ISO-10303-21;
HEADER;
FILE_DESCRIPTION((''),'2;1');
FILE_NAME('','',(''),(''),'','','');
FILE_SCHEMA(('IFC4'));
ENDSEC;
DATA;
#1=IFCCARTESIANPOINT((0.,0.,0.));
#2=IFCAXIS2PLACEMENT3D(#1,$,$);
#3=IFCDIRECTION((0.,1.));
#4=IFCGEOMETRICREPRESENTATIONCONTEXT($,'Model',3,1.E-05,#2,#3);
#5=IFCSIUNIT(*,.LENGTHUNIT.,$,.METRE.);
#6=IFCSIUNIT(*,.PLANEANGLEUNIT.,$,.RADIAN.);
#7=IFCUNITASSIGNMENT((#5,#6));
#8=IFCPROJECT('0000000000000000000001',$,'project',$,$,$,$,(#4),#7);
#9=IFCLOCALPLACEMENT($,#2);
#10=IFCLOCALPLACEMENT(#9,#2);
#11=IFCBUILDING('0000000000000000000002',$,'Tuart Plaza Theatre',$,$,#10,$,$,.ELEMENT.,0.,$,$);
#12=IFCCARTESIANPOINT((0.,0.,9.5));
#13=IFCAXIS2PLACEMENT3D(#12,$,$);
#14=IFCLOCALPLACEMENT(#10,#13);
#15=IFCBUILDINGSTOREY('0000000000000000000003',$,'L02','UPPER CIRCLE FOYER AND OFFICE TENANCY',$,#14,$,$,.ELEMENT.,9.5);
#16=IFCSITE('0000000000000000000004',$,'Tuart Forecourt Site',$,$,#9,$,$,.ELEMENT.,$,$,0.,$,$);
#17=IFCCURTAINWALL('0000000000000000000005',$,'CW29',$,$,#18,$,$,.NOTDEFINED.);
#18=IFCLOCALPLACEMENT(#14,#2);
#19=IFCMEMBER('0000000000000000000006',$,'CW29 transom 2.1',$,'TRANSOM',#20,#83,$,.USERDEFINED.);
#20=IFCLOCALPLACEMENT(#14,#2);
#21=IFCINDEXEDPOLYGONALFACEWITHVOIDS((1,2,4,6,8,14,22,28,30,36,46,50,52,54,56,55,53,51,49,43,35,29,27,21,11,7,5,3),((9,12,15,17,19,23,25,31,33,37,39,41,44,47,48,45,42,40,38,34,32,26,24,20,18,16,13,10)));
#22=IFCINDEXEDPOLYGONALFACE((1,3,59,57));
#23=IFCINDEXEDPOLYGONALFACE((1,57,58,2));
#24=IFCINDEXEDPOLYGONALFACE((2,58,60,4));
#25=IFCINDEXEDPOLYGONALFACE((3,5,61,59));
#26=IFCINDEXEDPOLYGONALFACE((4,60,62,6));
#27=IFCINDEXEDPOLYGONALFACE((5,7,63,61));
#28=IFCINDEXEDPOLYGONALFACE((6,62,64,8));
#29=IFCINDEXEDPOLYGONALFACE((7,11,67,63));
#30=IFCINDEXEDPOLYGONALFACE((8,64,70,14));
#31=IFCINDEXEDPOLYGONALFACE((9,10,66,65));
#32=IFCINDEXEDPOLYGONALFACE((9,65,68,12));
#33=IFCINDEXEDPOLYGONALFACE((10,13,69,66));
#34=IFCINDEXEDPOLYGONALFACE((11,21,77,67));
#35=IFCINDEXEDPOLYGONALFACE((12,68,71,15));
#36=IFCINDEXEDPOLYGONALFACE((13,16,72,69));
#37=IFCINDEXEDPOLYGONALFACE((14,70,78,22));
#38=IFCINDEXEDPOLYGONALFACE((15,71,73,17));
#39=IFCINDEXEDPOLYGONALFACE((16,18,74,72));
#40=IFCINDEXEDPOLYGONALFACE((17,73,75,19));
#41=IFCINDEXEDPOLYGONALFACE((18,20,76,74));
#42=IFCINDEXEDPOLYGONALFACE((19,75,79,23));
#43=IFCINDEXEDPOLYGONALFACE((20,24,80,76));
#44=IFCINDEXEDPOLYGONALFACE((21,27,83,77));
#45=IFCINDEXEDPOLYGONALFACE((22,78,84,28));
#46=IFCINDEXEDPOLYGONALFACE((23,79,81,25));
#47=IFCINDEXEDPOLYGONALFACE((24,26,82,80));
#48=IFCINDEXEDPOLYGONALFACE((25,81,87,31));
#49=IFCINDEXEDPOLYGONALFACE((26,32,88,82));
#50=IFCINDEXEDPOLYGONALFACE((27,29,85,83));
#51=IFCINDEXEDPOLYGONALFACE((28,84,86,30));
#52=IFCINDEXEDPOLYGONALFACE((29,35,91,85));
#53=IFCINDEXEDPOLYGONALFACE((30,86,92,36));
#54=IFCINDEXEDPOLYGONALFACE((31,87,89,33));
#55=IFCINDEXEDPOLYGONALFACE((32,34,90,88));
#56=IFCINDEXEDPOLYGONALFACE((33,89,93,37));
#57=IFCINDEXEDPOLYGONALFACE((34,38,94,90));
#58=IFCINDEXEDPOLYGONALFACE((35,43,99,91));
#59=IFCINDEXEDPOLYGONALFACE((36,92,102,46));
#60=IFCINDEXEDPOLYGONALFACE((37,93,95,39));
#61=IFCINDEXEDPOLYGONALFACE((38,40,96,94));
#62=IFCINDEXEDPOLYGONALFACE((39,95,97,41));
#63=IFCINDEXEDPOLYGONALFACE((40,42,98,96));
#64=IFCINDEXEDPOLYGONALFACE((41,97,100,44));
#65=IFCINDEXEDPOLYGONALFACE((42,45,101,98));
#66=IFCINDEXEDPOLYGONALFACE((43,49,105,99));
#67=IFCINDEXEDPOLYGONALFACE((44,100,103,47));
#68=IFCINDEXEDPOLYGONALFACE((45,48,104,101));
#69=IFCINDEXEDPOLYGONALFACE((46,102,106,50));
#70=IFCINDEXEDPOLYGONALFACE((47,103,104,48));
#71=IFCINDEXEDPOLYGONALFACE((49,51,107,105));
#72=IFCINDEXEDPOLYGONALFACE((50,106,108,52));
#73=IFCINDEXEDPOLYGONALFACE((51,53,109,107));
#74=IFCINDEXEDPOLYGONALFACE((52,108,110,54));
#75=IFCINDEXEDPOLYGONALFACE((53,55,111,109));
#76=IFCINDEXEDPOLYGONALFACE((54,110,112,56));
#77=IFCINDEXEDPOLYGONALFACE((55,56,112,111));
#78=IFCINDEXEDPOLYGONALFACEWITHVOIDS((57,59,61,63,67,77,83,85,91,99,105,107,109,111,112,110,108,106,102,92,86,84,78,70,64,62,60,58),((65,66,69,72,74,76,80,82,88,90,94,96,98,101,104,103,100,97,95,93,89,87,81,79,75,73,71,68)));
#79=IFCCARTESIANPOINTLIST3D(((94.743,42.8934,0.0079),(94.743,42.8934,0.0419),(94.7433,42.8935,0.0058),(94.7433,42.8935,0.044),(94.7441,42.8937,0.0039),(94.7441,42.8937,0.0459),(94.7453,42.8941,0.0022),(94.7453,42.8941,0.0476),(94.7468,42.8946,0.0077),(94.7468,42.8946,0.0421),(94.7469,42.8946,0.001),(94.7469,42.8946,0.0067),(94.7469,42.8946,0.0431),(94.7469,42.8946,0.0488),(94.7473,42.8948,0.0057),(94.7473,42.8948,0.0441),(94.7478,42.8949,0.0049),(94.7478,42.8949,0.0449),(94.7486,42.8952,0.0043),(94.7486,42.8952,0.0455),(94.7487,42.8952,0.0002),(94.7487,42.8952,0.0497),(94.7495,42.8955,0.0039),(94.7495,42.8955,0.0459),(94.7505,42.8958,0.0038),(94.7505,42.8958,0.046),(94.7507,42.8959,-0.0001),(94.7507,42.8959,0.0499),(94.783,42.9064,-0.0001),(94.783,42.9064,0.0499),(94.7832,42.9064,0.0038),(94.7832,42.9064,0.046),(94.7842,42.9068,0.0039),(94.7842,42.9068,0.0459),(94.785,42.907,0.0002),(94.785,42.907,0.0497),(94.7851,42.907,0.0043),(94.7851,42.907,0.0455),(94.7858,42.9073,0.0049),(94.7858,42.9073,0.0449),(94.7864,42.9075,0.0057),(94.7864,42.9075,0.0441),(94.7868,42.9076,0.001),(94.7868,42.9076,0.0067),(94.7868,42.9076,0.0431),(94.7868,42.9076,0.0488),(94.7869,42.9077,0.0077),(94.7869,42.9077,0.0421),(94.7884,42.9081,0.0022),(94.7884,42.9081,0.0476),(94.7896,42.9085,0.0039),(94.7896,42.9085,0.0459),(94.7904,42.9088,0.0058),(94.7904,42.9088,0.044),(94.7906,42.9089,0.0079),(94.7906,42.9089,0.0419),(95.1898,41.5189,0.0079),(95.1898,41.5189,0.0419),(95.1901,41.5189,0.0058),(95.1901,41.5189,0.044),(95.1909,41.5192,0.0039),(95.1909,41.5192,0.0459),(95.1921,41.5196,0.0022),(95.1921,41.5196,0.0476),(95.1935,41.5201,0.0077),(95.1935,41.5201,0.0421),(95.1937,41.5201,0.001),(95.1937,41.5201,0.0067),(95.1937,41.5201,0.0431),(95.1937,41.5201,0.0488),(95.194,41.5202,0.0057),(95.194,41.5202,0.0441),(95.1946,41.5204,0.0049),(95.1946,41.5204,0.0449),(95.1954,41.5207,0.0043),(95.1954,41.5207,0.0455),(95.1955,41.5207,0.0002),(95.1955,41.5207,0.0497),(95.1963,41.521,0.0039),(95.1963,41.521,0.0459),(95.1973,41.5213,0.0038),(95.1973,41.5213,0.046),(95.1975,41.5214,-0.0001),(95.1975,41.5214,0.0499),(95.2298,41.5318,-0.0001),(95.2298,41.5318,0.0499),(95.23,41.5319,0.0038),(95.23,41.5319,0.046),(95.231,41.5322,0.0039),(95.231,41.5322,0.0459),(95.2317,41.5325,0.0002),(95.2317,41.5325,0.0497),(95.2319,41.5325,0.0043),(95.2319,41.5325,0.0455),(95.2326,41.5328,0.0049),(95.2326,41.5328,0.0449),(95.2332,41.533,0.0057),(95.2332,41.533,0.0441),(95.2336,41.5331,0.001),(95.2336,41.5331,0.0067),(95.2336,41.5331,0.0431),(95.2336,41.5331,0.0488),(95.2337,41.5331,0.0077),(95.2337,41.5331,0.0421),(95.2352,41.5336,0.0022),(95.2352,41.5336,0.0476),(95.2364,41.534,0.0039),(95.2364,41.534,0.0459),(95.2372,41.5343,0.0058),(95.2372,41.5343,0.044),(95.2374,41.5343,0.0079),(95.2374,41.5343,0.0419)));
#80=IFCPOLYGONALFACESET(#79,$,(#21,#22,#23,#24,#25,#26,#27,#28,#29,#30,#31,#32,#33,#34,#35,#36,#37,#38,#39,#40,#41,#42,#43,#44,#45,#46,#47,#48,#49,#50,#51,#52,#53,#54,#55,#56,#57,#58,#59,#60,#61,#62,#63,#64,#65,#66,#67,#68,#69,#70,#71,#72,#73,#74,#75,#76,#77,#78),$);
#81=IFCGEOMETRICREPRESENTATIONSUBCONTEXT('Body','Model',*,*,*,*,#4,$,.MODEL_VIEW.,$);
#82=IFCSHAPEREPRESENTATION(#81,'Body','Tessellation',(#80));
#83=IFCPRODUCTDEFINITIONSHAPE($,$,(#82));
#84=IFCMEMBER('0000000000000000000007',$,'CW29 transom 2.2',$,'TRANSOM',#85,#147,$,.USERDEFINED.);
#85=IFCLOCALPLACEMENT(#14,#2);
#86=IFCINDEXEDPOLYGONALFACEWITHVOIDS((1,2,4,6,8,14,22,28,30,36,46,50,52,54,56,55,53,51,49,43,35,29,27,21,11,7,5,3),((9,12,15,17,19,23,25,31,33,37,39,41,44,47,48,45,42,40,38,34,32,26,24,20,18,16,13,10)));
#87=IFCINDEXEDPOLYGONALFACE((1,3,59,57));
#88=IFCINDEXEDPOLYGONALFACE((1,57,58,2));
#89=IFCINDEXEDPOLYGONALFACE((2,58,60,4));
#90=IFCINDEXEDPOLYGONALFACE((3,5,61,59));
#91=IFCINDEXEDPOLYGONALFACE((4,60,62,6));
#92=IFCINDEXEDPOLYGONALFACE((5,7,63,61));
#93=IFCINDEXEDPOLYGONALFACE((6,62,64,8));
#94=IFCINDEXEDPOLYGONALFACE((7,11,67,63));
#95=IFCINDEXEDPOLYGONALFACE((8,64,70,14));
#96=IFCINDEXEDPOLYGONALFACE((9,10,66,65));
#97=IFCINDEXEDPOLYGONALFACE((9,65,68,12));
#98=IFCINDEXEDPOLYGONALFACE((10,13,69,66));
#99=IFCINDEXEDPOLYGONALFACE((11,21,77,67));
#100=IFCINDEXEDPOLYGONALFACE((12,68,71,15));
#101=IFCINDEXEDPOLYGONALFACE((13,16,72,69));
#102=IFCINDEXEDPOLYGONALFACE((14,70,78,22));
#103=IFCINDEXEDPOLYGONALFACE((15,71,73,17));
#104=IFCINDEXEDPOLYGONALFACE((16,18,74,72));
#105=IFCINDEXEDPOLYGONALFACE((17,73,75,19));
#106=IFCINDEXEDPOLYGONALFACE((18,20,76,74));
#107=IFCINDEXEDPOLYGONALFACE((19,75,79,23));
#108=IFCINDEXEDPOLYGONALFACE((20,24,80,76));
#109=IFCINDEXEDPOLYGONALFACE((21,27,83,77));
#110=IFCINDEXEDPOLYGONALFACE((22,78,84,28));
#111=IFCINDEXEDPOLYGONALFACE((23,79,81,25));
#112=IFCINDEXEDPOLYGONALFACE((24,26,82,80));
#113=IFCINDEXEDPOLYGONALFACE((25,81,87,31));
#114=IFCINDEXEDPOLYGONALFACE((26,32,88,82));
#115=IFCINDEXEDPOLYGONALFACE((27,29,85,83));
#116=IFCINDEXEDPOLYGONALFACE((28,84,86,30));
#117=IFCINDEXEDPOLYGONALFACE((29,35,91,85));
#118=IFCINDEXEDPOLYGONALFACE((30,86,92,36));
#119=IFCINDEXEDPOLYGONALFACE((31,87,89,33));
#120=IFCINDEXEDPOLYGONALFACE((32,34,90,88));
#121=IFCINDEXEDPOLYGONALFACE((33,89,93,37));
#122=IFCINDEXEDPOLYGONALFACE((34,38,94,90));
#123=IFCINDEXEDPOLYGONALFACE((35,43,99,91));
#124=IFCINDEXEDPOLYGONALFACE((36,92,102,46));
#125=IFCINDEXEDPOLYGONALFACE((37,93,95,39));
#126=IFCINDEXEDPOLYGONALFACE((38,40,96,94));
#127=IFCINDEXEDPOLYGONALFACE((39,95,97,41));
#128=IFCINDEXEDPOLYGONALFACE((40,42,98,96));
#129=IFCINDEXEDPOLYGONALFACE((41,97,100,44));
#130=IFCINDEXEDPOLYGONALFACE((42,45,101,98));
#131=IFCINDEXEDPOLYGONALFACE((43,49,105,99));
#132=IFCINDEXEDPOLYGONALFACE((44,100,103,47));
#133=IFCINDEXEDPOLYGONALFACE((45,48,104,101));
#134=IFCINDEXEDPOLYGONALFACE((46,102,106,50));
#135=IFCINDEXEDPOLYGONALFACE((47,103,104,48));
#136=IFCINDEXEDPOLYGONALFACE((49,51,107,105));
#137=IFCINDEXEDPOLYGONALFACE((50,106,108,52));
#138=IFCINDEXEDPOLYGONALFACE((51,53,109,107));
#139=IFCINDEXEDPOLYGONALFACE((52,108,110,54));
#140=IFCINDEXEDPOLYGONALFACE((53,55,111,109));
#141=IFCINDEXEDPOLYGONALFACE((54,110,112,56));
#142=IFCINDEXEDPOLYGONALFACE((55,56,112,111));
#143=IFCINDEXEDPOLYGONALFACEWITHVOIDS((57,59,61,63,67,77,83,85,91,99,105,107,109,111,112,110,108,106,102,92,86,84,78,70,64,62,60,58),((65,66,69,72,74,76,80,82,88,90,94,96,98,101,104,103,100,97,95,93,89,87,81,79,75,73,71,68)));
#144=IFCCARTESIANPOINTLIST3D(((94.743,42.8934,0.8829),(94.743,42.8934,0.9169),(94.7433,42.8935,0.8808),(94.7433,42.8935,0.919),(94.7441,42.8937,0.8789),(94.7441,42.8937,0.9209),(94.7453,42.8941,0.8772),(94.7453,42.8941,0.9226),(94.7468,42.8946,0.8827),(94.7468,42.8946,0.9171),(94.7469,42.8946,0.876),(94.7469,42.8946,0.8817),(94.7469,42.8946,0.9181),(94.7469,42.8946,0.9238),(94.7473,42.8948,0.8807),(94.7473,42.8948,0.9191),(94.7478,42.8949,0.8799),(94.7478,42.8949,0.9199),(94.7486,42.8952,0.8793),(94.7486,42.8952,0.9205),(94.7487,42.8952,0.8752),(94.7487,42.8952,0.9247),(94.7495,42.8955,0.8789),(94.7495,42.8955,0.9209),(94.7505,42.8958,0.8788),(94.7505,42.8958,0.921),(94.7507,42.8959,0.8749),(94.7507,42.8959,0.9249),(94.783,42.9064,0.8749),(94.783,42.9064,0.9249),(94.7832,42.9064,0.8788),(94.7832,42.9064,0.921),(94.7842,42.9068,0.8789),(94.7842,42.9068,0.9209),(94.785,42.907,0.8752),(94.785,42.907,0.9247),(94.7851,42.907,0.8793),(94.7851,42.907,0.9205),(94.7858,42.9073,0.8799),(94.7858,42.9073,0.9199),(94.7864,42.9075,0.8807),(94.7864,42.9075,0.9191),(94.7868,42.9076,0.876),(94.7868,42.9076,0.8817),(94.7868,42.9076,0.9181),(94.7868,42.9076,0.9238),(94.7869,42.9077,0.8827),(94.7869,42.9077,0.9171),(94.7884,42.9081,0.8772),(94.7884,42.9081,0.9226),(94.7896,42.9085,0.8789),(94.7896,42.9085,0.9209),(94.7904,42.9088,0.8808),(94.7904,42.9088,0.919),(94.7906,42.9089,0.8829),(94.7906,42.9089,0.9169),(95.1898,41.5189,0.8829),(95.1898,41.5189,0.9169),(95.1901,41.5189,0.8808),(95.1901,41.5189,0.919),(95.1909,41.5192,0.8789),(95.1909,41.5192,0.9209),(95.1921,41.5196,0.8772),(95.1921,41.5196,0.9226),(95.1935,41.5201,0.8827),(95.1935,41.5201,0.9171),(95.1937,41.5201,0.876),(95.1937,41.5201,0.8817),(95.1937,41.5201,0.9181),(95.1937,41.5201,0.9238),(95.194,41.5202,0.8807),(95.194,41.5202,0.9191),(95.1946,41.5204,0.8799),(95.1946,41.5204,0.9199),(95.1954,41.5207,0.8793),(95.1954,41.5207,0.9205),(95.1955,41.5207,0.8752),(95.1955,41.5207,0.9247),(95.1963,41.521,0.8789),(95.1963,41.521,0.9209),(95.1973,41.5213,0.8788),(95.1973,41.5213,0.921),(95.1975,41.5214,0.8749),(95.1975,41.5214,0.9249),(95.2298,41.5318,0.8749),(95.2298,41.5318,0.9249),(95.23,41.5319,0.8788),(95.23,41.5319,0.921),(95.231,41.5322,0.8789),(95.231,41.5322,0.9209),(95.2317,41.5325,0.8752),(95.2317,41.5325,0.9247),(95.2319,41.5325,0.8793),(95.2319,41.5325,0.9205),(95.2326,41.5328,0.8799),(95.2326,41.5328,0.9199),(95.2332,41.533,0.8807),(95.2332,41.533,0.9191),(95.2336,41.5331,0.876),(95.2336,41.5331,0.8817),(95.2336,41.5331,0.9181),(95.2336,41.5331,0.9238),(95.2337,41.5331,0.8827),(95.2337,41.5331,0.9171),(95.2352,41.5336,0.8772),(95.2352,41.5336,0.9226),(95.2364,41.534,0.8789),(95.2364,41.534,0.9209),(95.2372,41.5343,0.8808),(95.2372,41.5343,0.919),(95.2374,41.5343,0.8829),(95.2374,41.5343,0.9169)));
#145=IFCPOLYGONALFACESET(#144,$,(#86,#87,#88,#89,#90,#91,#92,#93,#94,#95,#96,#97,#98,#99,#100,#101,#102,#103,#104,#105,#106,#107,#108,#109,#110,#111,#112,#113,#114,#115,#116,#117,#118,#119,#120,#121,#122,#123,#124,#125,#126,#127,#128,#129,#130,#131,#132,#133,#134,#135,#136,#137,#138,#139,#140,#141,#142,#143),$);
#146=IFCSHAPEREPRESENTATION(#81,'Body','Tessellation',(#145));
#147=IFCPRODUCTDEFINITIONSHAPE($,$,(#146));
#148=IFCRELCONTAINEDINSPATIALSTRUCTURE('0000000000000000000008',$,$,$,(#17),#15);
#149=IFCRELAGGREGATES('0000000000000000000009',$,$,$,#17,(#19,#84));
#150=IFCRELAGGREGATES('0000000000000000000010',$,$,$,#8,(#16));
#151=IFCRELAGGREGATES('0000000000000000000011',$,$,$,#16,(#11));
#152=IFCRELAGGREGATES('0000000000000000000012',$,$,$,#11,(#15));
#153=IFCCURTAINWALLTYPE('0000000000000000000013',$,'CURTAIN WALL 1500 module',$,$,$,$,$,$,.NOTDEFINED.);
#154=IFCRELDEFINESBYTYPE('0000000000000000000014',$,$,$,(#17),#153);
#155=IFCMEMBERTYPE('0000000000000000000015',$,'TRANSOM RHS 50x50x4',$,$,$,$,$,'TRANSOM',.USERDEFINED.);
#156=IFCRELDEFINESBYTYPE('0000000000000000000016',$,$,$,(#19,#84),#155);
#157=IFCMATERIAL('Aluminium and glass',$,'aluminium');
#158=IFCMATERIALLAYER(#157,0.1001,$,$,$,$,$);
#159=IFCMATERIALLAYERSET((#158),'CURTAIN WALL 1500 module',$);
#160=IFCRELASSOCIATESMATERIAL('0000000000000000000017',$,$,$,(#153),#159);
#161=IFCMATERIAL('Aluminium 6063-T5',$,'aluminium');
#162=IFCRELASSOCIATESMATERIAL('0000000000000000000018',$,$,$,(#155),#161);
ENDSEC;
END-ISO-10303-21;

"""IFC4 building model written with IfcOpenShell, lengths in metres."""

from ifc_helpers import new_model, si_unit, direction, frame, origin, origin_2d, place, context, subcontext, project, spatial, hollow_rectangle, extrude, material, layer, layer_set, material_profile, profile_set, type_object, element, aggregate, save


model = new_model("IFC4")

# Units and contexts
model_context = context("Model", 3, precision=1e-05, world=origin(), true_north=direction((0.0, 1.0)))
body_context = subcontext(model_context, "Body", "Model", "MODEL_VIEW")
ifc_project = project(units=[si_unit("LENGTHUNIT", "METRE"), si_unit("PLANEANGLEUNIT", "RADIAN")], contexts=[model_context])

# Site, building, storey
site_placement = place(None, origin())
site = spatial("IfcSite", under=ifc_project, at=site_placement, Name="Tuart Forecourt Site", CompositionType="ELEMENT", RefElevation=0.0)
building_placement = place(site_placement, origin())
building = spatial("IfcBuilding", under=site, at=building_placement, Name="Tuart Plaza Theatre", CompositionType="ELEMENT", ElevationOfRefHeight=0.0)
storey_placement = place(building_placement, frame((0.0, 0.0, 9.5)))
storey = spatial("IfcBuildingStorey", under=building, at=storey_placement, Name="L02", Description="UPPER CIRCLE FOYER AND OFFICE TENANCY", CompositionType="ELEMENT", Elevation=9.5)

# Curtain wall
ifc_material_1 = material(Name="Aluminium and glass", Category="aluminium")
ifc_layer_1 = layer(ifc_material_1, 0.1001)
ifc_layer_set_1 = layer_set([ifc_layer_1], Name="CURTAIN WALL 1500 module")
curtain_wall_type = type_object("IfcCurtainWallType", Name="CURTAIN WALL 1500 module", PredefinedType="NOTDEFINED", material=ifc_layer_set_1)
curtain_wall_1_placement = place(storey_placement, origin())
curtain_wall_1 = element("IfcCurtainWall", 1, at=curtain_wall_1_placement, inside=storey, type_object=curtain_wall_type, Name="CW29", PredefinedType="NOTDEFINED")

# Members
ifc_material_2 = material(Name="Aluminium 6063-T5", Category="aluminium")
ifc_material_profile_1 = material_profile(ifc_material_2, hollow_rectangle(XDim=0.05, YDim=0.05, WallThickness=0.0039, InnerFilletRadius=0.0039, OuterFilletRadius=0.0081, at=origin_2d()), Name="RHS 50x50x4")
ifc_profile_set_1 = profile_set([ifc_material_profile_1], Name="Aluminium 6063-T5")
member_type_1 = type_object("IfcMemberType", Name="TRANSOM RHS 50x50x4", ElementType="TRANSOM", PredefinedType="USERDEFINED", material=ifc_profile_set_1)
member_1_placement = place(storey_placement, frame((94.7668, 42.9011, 0.0249), z_axis=(0.309124, -0.951022, 0.0), x_axis=(0.951022, 0.309124, 0.0)))
member_1 = element("IfcMember", 2, at=member_1_placement, type_object=member_type_1, Name="CW29 transom 2.1", ObjectType="TRANSOM", PredefinedType="USERDEFINED", context=body_context, shape_type="SweptSolid", body=[
    extrude(hollow_rectangle(XDim=0.05, YDim=0.05, WallThickness=0.0039, InnerFilletRadius=0.0039, OuterFilletRadius=0.0081, at=origin_2d()), origin(), (0.0, 0.0, 1.0), 1.4453),
])
member_2_placement = place(storey_placement, frame((94.7668, 42.9011, 0.8999), z_axis=(0.309124, -0.951022, 0.0), x_axis=(0.951022, 0.309124, 0.0)))
member_2 = element("IfcMember", 3, at=member_2_placement, type_object=member_type_1, Name="CW29 transom 2.2", ObjectType="TRANSOM", PredefinedType="USERDEFINED", context=body_context, shape_type="SweptSolid", body=[
    extrude(hollow_rectangle(XDim=0.05, YDim=0.05, WallThickness=0.0039, InnerFilletRadius=0.0039, OuterFilletRadius=0.0081, at=origin_2d()), origin(), (0.0, 0.0, 1.0), 1.4453),
])

aggregate(curtain_wall_1, [member_1, member_2])

save(model, "model.ifc")
